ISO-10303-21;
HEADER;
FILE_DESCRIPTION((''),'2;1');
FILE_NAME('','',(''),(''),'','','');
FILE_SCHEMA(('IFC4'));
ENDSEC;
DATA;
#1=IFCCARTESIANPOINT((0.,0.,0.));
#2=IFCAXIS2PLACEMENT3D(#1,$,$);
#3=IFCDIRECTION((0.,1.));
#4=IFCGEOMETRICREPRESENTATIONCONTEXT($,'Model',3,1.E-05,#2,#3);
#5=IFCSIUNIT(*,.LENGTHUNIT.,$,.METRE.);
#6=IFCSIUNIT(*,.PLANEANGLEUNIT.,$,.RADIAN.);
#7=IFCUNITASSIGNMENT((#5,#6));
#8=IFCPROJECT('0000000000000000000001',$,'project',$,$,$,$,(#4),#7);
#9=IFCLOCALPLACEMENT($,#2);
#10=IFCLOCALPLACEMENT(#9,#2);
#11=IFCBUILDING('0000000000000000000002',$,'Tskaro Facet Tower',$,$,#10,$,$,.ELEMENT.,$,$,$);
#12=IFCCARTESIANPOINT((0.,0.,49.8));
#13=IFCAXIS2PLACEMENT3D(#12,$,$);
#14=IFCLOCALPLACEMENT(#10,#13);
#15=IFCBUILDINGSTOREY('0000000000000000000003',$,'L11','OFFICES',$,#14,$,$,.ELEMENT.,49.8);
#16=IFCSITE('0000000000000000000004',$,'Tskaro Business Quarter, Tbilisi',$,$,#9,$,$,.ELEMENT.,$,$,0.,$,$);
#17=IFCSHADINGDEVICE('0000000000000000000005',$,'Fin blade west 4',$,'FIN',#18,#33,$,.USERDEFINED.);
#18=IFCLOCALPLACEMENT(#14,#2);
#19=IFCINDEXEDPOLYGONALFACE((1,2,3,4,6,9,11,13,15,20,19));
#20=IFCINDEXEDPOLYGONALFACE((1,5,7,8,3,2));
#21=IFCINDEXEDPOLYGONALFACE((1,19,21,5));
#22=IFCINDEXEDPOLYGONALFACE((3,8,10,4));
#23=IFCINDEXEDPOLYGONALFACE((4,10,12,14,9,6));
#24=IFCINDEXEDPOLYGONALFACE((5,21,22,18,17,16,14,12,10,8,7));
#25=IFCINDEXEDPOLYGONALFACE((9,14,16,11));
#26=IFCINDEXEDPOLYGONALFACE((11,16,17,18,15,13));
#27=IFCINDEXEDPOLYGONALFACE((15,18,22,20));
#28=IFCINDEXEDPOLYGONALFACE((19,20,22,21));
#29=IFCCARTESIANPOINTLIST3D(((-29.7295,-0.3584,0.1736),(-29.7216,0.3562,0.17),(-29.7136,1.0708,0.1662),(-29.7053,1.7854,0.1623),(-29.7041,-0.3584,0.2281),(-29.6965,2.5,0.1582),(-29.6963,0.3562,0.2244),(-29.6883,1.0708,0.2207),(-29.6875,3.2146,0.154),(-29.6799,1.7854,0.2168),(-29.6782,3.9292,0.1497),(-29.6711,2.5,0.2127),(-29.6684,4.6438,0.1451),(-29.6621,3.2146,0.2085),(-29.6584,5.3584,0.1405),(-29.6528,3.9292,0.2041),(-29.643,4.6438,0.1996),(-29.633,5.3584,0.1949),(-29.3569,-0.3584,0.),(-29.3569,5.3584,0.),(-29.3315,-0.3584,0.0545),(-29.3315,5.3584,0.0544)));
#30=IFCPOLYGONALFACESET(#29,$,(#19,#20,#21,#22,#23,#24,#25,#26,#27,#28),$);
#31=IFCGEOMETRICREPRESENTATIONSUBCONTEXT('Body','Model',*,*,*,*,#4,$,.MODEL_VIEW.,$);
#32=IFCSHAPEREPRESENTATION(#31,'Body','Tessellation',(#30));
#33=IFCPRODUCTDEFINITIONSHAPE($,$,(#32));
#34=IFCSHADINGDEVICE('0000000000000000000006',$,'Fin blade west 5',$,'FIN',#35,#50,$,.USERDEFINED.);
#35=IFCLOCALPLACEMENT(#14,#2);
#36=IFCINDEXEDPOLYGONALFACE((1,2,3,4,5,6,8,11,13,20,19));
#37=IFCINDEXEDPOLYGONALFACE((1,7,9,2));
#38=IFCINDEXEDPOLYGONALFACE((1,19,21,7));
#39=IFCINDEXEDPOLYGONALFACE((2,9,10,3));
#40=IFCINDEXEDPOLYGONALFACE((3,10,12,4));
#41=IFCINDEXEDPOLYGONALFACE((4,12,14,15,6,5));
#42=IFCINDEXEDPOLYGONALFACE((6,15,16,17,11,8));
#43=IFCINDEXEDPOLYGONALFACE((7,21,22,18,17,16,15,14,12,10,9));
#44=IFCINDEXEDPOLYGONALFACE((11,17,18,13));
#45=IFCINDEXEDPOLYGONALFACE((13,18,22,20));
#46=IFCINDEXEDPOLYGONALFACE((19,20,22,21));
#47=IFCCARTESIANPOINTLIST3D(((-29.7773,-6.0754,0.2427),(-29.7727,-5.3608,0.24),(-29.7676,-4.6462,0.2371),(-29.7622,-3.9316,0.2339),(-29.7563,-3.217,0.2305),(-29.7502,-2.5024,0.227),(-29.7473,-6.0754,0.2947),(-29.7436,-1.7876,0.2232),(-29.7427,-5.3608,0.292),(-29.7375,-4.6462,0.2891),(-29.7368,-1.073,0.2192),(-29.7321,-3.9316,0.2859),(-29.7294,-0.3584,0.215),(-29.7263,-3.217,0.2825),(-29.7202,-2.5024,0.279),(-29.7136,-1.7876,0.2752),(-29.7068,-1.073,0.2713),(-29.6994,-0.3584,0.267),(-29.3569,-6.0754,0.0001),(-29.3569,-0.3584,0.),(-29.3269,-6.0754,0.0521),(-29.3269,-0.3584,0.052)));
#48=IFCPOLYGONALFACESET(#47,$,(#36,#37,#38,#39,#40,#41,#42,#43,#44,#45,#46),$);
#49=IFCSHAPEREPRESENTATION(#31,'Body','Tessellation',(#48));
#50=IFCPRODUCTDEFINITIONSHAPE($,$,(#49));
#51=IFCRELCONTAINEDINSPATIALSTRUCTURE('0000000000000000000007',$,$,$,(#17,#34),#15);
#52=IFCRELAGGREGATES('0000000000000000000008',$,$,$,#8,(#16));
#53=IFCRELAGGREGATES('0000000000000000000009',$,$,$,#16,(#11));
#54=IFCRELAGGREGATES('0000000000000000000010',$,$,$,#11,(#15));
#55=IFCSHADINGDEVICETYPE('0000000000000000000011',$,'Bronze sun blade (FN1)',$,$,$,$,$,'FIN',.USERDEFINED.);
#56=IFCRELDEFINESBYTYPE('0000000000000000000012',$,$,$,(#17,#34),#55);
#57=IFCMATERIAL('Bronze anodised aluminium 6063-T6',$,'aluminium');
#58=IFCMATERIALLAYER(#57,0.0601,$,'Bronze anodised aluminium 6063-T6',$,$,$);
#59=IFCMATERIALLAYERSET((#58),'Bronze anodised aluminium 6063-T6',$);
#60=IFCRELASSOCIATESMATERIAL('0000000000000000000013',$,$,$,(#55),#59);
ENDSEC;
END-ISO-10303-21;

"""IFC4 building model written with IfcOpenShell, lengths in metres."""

from ifc_helpers import new_model, si_unit, direction, frame, origin, place, context, subcontext, project, spatial, polyline, outline, extrude, material, layer, layer_set, type_object, element, save


model = new_model("IFC4")

# Units and contexts
model_context = context("Model", 3, precision=1e-05, world=origin(), true_north=direction((0.0, 1.0)))
body_context = subcontext(model_context, "Body", "Model", "MODEL_VIEW")
ifc_project = project(units=[si_unit("LENGTHUNIT", "METRE"), si_unit("PLANEANGLEUNIT", "RADIAN")], contexts=[model_context])

# Site, building, storey
site_placement = place(None, origin())
site = spatial("IfcSite", under=ifc_project, at=site_placement, Name="Tskaro Business Quarter, Tbilisi", CompositionType="ELEMENT", RefElevation=0.0)
building_placement = place(site_placement, origin())
building = spatial("IfcBuilding", under=site, at=building_placement, Name="Tskaro Facet Tower", CompositionType="ELEMENT")
storey_placement = place(building_placement, frame((0.0, 0.0, 49.8)))
storey = spatial("IfcBuildingStorey", under=building, at=storey_placement, Name="L11", Description="OFFICES", CompositionType="ELEMENT", Elevation=49.8)

# Shared definitions
ifc_material_1 = material(Name="Bronze anodised aluminium 6063-T6", Category="aluminium")

# Shading devices
ifc_layer_1 = layer(ifc_material_1, 0.0601, Name="Bronze anodised aluminium 6063-T6")
ifc_layer_set_1 = layer_set([ifc_layer_1], Name="Bronze anodised aluminium 6063-T6")
shading_device_type = type_object("IfcShadingDeviceType", Name="Bronze sun blade (FN1)", ElementType="FIN", PredefinedType="USERDEFINED", material=ifc_layer_set_1)
shading_device_1_placement = place(storey_placement, frame((-29.3315, 5.3584, 0.0544), z_axis=(0.422297, 0.000008, 0.906457), x_axis=(0.000003, -1.0, 0.000007)))
element("IfcShadingDevice", 1, at=shading_device_1_placement, inside=storey, type_object=shading_device_type, Name="Fin blade west 4", ObjectType="FIN", PredefinedType="USERDEFINED", context=body_context, shape_type="SweptSolid", body=[
    extrude(outline(polyline([(0.0, 0.0), (5.7168, 0.0), (5.7168, -0.411), (5.0022, -0.4024), (4.2876, -0.3935), (3.573, -0.3844), (2.8584, -0.3746), (2.1438, -0.3647), (1.4292, -0.3544), (0.7146, -0.3436), (0.0, -0.3326), (0.0, 0.0)])), origin(), (0.0, 0.0, -1.0), 0.0601),
])
shading_device_2_placement = place(storey_placement, frame((-29.3269, -0.3584, 0.052), z_axis=(0.499856, 0.000016, 0.866108), x_axis=(0.000008, -1.0, 0.000014)))
element("IfcShadingDevice", 2, at=shading_device_2_placement, inside=storey, type_object=shading_device_type, Name="Fin blade west 5", ObjectType="FIN", PredefinedType="USERDEFINED", context=body_context, shape_type="SweptSolid", body=[
    extrude(outline(polyline([(0.0, 0.0), (5.717, 0.0), (5.717, -0.4854), (5.0024, -0.4801), (4.2878, -0.4742), (3.5732, -0.4679), (2.8586, -0.4611), (2.144, -0.4541), (1.4292, -0.4465), (0.7146, -0.4386), (0.0, -0.4301), (0.0, 0.0)])), origin(), (0.0, 0.0, -1.0), 0.0601),
])

save(model, "model.ifc")
